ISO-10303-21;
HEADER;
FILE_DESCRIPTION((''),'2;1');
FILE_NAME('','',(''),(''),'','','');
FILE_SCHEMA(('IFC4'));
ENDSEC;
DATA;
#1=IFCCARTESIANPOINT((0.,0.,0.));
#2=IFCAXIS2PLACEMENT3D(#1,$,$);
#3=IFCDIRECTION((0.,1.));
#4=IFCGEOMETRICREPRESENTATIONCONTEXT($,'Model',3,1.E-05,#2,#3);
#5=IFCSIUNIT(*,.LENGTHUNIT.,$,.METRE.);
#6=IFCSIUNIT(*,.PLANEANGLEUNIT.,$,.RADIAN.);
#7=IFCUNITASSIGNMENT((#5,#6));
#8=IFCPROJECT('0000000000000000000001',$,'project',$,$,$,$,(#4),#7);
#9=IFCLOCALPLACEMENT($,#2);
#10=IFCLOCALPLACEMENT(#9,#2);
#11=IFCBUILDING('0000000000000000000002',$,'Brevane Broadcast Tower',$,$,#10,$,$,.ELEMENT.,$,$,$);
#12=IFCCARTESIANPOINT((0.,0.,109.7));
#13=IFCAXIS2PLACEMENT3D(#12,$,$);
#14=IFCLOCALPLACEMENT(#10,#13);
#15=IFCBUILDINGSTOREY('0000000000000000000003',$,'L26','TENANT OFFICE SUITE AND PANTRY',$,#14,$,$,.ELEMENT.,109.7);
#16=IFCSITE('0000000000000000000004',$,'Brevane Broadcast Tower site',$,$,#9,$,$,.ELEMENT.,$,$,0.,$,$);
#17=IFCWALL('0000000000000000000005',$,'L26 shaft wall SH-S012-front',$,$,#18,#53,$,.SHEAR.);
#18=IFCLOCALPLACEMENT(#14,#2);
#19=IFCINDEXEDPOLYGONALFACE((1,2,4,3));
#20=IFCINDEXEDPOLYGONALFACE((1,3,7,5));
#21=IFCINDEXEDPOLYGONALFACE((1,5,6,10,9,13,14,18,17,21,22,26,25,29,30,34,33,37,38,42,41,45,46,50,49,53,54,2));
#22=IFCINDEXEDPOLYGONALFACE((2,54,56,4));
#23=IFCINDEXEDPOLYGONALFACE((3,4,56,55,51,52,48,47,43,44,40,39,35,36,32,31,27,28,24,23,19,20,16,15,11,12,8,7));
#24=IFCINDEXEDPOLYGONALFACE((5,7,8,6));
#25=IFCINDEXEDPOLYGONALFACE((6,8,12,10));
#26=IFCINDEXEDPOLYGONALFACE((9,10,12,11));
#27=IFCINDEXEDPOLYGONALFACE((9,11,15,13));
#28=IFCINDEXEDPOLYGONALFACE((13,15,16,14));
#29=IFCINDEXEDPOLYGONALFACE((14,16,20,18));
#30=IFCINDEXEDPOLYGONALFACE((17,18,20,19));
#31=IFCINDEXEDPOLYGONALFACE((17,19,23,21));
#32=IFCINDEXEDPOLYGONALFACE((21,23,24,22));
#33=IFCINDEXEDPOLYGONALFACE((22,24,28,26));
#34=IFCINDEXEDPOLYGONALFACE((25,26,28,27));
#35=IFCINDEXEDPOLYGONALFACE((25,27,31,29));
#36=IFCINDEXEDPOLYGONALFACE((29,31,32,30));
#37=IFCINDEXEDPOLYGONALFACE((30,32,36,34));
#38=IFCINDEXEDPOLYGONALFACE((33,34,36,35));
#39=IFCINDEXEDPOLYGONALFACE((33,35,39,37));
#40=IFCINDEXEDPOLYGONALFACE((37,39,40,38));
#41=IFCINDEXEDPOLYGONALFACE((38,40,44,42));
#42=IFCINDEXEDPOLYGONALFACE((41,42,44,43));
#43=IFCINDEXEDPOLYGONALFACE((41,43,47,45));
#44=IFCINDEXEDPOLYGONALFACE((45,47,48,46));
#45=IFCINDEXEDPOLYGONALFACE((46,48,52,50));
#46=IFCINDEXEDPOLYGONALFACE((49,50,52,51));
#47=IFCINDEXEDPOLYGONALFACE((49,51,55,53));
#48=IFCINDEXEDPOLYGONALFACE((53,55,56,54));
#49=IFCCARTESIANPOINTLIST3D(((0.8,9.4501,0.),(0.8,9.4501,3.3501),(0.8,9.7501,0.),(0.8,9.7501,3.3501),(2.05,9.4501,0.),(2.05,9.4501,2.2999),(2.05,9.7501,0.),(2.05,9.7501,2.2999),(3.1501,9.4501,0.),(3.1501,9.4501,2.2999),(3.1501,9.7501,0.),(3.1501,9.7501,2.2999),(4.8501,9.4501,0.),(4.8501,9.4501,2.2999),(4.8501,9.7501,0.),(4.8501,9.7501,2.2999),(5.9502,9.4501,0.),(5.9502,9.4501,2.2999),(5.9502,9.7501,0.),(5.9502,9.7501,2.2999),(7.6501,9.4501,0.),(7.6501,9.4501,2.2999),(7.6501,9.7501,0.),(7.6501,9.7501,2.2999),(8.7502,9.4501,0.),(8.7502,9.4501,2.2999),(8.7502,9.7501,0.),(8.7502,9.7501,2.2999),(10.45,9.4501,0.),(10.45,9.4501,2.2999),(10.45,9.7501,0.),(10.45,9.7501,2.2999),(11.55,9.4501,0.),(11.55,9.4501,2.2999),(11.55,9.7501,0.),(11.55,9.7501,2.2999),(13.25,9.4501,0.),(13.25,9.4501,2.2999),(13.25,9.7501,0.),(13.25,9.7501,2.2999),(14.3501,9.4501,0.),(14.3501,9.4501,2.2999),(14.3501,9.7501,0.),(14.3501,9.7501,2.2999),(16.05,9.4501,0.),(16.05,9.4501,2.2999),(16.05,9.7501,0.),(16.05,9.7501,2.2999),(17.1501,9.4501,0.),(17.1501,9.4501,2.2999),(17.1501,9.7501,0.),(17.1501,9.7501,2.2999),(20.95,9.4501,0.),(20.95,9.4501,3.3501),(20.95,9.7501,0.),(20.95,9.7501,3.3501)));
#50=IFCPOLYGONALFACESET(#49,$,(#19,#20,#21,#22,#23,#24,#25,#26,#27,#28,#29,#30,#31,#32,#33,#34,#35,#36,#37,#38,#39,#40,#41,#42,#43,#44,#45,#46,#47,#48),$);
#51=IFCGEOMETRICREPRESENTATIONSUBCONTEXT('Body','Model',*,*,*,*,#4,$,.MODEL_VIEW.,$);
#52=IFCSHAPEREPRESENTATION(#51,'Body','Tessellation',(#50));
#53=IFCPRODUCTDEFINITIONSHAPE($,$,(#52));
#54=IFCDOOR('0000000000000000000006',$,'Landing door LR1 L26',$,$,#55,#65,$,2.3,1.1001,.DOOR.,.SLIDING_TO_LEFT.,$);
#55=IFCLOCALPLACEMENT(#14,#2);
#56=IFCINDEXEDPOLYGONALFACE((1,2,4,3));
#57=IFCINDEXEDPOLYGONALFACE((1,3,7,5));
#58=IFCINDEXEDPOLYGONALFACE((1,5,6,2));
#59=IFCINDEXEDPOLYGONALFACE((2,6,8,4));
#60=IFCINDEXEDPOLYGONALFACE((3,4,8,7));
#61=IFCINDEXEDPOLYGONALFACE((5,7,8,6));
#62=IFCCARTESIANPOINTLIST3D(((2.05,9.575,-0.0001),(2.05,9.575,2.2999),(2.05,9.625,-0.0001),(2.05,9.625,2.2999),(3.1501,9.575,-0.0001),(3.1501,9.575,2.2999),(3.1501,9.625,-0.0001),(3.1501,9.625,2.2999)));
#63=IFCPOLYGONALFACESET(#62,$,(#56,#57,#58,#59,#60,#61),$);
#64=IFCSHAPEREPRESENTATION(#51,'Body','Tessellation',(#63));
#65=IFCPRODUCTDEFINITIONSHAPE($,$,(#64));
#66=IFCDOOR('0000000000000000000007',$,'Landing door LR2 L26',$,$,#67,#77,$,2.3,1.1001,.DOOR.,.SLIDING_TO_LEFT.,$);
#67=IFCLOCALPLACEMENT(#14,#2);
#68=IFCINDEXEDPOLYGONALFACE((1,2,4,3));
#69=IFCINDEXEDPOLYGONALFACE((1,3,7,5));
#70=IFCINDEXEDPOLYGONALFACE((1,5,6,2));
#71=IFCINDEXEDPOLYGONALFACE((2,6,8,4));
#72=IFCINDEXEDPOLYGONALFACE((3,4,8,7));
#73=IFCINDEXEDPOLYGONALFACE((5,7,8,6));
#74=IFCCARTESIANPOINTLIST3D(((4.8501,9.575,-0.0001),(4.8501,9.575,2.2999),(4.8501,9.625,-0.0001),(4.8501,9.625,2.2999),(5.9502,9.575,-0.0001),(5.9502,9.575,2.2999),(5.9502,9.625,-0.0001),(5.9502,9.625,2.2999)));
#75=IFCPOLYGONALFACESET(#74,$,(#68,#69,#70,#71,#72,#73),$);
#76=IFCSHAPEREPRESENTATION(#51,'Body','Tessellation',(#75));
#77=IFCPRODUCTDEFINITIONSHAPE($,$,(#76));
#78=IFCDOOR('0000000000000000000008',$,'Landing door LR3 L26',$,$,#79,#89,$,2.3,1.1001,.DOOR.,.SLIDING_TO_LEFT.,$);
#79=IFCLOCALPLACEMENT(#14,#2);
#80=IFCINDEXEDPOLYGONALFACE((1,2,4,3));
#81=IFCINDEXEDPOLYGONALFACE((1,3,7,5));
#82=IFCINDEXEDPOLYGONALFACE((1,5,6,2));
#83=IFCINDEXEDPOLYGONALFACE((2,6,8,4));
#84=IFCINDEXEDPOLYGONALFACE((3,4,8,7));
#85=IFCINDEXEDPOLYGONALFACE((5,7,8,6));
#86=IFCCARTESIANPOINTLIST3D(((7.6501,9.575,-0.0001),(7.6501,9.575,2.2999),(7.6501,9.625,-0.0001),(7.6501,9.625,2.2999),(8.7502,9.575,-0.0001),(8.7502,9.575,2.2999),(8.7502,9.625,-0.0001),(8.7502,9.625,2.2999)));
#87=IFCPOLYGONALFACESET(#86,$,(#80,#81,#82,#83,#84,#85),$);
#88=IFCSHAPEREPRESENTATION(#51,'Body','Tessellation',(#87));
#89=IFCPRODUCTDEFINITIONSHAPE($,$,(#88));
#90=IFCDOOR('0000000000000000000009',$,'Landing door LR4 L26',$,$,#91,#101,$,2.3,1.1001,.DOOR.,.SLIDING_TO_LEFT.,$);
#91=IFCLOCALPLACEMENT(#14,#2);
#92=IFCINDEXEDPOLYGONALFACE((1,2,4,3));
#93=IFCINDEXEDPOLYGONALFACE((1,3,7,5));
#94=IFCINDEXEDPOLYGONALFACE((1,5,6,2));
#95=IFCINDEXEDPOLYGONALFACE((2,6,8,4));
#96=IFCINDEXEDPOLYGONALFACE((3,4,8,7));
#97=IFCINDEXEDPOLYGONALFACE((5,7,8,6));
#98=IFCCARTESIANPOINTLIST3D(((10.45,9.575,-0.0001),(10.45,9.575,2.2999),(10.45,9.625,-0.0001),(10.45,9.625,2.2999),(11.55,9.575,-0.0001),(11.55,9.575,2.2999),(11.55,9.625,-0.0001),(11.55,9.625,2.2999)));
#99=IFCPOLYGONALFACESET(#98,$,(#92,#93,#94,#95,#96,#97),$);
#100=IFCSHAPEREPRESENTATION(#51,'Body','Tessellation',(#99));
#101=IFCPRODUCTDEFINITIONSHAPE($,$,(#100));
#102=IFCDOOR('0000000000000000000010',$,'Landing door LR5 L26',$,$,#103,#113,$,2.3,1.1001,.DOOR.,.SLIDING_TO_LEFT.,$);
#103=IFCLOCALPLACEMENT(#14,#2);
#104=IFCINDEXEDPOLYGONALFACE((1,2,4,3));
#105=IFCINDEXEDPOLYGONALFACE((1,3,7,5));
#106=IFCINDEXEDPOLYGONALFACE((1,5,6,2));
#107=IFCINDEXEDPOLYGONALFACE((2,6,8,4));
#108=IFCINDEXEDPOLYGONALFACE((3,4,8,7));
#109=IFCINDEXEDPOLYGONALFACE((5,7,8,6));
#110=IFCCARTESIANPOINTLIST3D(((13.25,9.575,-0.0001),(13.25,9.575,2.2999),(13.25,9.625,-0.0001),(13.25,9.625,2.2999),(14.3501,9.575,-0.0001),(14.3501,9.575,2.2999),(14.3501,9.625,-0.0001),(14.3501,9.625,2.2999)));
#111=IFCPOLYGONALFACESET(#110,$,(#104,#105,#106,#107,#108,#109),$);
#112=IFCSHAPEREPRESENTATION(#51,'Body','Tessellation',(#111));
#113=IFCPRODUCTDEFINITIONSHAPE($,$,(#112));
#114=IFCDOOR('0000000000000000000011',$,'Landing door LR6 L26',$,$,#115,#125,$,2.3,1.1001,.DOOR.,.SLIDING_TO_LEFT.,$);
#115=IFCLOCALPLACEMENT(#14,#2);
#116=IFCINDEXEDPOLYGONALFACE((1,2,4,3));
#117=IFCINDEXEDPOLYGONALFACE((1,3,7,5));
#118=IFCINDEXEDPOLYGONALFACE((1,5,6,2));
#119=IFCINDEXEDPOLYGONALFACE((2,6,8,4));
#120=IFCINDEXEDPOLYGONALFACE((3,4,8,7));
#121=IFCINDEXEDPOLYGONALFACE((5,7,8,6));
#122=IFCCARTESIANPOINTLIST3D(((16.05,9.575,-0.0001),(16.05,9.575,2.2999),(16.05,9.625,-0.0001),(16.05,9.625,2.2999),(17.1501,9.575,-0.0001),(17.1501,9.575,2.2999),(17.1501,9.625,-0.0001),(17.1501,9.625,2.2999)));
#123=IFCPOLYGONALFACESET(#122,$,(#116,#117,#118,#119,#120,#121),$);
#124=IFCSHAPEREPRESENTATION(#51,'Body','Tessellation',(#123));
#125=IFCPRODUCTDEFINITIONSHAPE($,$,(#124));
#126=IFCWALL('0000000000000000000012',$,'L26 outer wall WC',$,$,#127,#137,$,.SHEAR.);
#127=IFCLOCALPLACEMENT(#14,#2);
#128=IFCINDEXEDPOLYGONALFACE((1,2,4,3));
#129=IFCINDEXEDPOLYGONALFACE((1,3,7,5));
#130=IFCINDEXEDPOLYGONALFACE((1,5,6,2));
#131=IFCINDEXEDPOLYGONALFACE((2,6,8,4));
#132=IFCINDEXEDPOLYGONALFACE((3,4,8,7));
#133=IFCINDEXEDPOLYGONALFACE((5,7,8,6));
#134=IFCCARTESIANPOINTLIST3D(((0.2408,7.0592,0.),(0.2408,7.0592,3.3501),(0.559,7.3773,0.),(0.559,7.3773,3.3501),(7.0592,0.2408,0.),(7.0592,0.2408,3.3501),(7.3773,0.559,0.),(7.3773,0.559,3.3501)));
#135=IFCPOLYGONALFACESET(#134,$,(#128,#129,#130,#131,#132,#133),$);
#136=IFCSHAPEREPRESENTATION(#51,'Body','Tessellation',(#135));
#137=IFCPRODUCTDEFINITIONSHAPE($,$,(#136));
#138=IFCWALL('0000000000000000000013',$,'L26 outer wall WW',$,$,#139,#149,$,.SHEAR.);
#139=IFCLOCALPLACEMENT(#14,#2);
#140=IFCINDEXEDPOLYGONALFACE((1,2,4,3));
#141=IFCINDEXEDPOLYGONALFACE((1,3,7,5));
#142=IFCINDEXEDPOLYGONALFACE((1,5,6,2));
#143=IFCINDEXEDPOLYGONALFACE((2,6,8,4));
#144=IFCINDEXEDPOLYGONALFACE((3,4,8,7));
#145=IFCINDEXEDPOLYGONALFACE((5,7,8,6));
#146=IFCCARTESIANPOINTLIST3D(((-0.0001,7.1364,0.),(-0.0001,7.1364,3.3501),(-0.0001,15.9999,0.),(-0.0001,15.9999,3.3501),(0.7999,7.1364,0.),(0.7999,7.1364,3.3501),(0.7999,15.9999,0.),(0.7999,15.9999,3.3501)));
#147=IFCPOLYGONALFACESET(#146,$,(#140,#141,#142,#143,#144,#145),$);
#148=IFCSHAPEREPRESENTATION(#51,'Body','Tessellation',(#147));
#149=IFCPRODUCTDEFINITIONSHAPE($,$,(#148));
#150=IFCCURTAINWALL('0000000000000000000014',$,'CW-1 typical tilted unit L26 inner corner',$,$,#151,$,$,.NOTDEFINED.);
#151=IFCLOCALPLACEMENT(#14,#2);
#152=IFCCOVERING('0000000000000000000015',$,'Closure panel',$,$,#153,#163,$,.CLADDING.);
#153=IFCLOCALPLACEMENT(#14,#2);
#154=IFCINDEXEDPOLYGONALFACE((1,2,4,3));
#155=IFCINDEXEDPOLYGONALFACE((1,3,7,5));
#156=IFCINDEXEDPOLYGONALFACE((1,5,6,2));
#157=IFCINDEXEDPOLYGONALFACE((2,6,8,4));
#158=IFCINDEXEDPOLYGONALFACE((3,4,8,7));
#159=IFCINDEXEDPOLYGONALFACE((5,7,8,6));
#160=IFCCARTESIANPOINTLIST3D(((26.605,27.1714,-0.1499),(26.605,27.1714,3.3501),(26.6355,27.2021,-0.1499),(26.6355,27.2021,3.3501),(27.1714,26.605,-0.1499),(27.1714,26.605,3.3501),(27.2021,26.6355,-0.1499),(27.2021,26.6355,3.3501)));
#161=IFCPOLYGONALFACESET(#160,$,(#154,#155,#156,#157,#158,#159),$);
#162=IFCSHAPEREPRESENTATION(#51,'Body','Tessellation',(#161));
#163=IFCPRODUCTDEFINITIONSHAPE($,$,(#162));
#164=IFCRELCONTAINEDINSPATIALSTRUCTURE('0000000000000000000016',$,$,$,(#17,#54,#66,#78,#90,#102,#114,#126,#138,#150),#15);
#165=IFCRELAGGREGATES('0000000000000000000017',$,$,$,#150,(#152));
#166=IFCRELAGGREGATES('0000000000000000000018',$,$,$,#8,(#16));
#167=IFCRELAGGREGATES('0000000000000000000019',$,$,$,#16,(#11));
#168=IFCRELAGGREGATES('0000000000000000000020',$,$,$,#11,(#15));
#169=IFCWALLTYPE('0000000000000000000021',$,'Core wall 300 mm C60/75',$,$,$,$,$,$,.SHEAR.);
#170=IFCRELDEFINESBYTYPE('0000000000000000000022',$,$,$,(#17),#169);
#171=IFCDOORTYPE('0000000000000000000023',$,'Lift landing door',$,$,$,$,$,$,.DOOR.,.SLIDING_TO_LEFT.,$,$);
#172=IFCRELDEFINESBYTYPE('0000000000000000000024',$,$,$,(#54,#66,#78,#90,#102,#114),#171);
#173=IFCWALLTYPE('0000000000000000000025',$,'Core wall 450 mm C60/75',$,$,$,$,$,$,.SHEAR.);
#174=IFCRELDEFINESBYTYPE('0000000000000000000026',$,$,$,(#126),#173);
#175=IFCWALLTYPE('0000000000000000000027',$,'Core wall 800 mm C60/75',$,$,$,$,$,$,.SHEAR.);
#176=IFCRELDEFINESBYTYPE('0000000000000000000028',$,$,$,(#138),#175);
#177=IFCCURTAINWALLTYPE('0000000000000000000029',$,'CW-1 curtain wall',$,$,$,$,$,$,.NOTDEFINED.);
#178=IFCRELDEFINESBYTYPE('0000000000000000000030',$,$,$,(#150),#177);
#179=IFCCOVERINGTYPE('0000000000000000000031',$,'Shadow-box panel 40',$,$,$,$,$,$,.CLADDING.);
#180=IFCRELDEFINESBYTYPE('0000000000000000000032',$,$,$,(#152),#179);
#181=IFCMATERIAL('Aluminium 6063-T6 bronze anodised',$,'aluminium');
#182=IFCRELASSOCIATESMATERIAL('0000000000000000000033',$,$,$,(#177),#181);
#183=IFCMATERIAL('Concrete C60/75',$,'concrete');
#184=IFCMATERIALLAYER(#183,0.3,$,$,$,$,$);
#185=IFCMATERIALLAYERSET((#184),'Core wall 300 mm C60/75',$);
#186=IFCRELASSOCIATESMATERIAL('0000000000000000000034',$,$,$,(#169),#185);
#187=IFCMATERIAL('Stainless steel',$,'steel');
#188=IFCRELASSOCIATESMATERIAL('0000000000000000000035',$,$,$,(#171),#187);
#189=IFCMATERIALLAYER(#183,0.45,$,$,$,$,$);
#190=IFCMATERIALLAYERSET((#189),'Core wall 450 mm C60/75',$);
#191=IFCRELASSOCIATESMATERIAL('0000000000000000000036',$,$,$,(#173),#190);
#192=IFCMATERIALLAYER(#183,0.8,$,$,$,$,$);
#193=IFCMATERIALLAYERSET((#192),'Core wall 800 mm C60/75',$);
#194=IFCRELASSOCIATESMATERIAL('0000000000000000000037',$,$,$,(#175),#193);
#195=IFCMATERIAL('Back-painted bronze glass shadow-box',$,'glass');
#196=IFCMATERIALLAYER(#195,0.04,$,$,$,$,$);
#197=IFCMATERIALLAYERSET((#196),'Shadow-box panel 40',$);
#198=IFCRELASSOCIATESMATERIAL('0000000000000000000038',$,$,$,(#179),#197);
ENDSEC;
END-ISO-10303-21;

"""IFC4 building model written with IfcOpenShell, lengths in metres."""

from ifc_helpers import new_model, si_unit, direction, frame, frame_2d, origin, place, context, subcontext, project, spatial, polyline, rectangle, outline, extrude, material, layer, layer_set, type_object, element, fill, aggregate, save


model = new_model("IFC4")

# Units and contexts
model_context = context("Model", 3, precision=1e-05, world=origin(), true_north=direction((0.0, 1.0)))
body_context = subcontext(model_context, "Body", "Model", "MODEL_VIEW")
ifc_project = project(units=[si_unit("LENGTHUNIT", "METRE"), si_unit("PLANEANGLEUNIT", "RADIAN")], contexts=[model_context])

# Site, building, storey
site_placement = place(None, origin())
site = spatial("IfcSite", under=ifc_project, at=site_placement, Name="Brevane Broadcast Tower site", CompositionType="ELEMENT", RefElevation=0.0)
building_placement = place(site_placement, origin())
building = spatial("IfcBuilding", under=site, at=building_placement, Name="Brevane Broadcast Tower", CompositionType="ELEMENT")
storey_placement = place(building_placement, frame((0.0, 0.0, 109.7)))
storey = spatial("IfcBuildingStorey", under=building, at=storey_placement, Name="L26", Description="TENANT OFFICE SUITE AND PANTRY", CompositionType="ELEMENT", Elevation=109.7)

# Shared definitions
ifc_material_1 = material(Name="Aluminium 6063-T6 bronze anodised", Category="aluminium")
curtain_wall_type = type_object("IfcCurtainWallType", Name="CW-1 curtain wall", PredefinedType="NOTDEFINED", material=ifc_material_1)

# Shared definitions
ifc_material_2 = material(Name="Concrete C60/75", Category="concrete")
ifc_layer_1 = layer(ifc_material_2, 0.3)
ifc_layer_set_1 = layer_set([ifc_layer_1], Name="Core wall 300 mm C60/75")
wall_type_1 = type_object("IfcWallType", Name="Core wall 300 mm C60/75", PredefinedType="SHEAR", material=ifc_layer_set_1)

# Wall, openings, doors
wall_1_placement = place(storey_placement, frame((0.8, 9.6001, 0.0), z_axis=(0.0, 0.0, 1.0), x_axis=(1.0, 0.0, 0.0)))
wall_1 = element("IfcWall", 1, at=wall_1_placement, inside=storey, type_object=wall_type_1, Name="L26 shaft wall SH-S012-front", PredefinedType="SHEAR", context=body_context, shape_type="SweptSolid", body=[
    extrude(rectangle(XDim=20.1499, YDim=0.3, at=frame_2d((10.075, 0.0))), origin(), (0.0, 0.0, 1.0), 3.3501),
])
opening_1_placement = place(wall_1_placement, frame((1.25, 0.0, 0.0)))
opening_1 = element("IfcOpeningElement", 2, at=opening_1_placement, cuts=wall_1, PredefinedType="OPENING", context=body_context, shape_type="SweptSolid", body=[
    extrude(rectangle(XDim=1.1001, YDim=2.3, at=frame_2d((0.55, 1.1499))), frame((0.0, 0.1599, 0.0), z_axis=(0.0, -1.0, 0.0), x_axis=(1.0, 0.0, 0.0)), (0.0, 0.0, 1.0), 0.3201),
])
opening_2_placement = place(wall_1_placement, frame((4.05, 0.0, 0.0)))
opening_2 = element("IfcOpeningElement", 3, at=opening_2_placement, cuts=wall_1, PredefinedType="OPENING", context=body_context, shape_type="SweptSolid", body=[
    extrude(rectangle(XDim=1.1001, YDim=2.3, at=frame_2d((0.55, 1.1499))), frame((0.0, 0.1599, 0.0), z_axis=(0.0, -1.0, 0.0), x_axis=(1.0, 0.0, 0.0)), (0.0, 0.0, 1.0), 0.3201),
])
opening_3_placement = place(wall_1_placement, frame((6.8501, 0.0, 0.0)))
opening_3 = element("IfcOpeningElement", 4, at=opening_3_placement, cuts=wall_1, PredefinedType="OPENING", context=body_context, shape_type="SweptSolid", body=[
    extrude(rectangle(XDim=1.1001, YDim=2.3, at=frame_2d((0.55, 1.1499))), frame((0.0, 0.1599, 0.0), z_axis=(0.0, -1.0, 0.0), x_axis=(1.0, 0.0, 0.0)), (0.0, 0.0, 1.0), 0.3201),
])
opening_4_placement = place(wall_1_placement, frame((9.6499, 0.0, 0.0)))
opening_4 = element("IfcOpeningElement", 5, at=opening_4_placement, cuts=wall_1, PredefinedType="OPENING", context=body_context, shape_type="SweptSolid", body=[
    extrude(rectangle(XDim=1.1001, YDim=2.3, at=frame_2d((0.55, 1.1499))), frame((0.0, 0.1599, 0.0), z_axis=(0.0, -1.0, 0.0), x_axis=(1.0, 0.0, 0.0)), (0.0, 0.0, 1.0), 0.3201),
])
opening_5_placement = place(wall_1_placement, frame((12.45, 0.0, 0.0)))
opening_5 = element("IfcOpeningElement", 6, at=opening_5_placement, cuts=wall_1, PredefinedType="OPENING", context=body_context, shape_type="SweptSolid", body=[
    extrude(rectangle(XDim=1.1001, YDim=2.3, at=frame_2d((0.55, 1.1499))), frame((0.0, 0.1599, 0.0), z_axis=(0.0, -1.0, 0.0), x_axis=(1.0, 0.0, 0.0)), (0.0, 0.0, 1.0), 0.3201),
])
opening_6_placement = place(wall_1_placement, frame((15.25, 0.0, 0.0)))
opening_6 = element("IfcOpeningElement", 7, at=opening_6_placement, cuts=wall_1, PredefinedType="OPENING", context=body_context, shape_type="SweptSolid", body=[
    extrude(rectangle(XDim=1.1001, YDim=2.3, at=frame_2d((0.55, 1.1499))), frame((0.0, 0.1599, 0.0), z_axis=(0.0, -1.0, 0.0), x_axis=(1.0, 0.0, 0.0)), (0.0, 0.0, 1.0), 0.3201),
])
ifc_material_3 = material(Name="Stainless steel", Category="steel")
door_type = type_object("IfcDoorType", Name="Lift landing door", OperationType="SLIDING_TO_LEFT", PredefinedType="DOOR", material=ifc_material_3)
door_1_placement = place(opening_1_placement, origin())
door_1 = element("IfcDoor", 8, at=door_1_placement, inside=storey, type_object=door_type, Name="Landing door LR1 L26", OperationType="SLIDING_TO_LEFT", OverallHeight=2.3, OverallWidth=1.1001, PredefinedType="DOOR", context=body_context, shape_type="SweptSolid", body=[
    extrude(rectangle(XDim=1.1001, YDim=2.3, at=frame_2d((0.55, 1.1499))), frame((0.0, 0.0249, 0.0), z_axis=(0.0, -1.0, 0.0), x_axis=(1.0, 0.0, 0.0)), (0.0, 0.0, 1.0), 0.05),
])
fill(opening_1, door_1)
door_2_placement = place(opening_2_placement, origin())
door_2 = element("IfcDoor", 9, at=door_2_placement, inside=storey, type_object=door_type, Name="Landing door LR2 L26", OperationType="SLIDING_TO_LEFT", OverallHeight=2.3, OverallWidth=1.1001, PredefinedType="DOOR", context=body_context, shape_type="SweptSolid", body=[
    extrude(rectangle(XDim=1.1001, YDim=2.3, at=frame_2d((0.55, 1.1499))), frame((0.0, 0.0249, 0.0), z_axis=(0.0, -1.0, 0.0), x_axis=(1.0, 0.0, 0.0)), (0.0, 0.0, 1.0), 0.05),
])
fill(opening_2, door_2)
door_3_placement = place(opening_3_placement, origin())
door_3 = element("IfcDoor", 10, at=door_3_placement, inside=storey, type_object=door_type, Name="Landing door LR3 L26", OperationType="SLIDING_TO_LEFT", OverallHeight=2.3, OverallWidth=1.1001, PredefinedType="DOOR", context=body_context, shape_type="SweptSolid", body=[
    extrude(rectangle(XDim=1.1001, YDim=2.3, at=frame_2d((0.55, 1.1499))), frame((0.0, 0.0249, 0.0), z_axis=(0.0, -1.0, 0.0), x_axis=(1.0, 0.0, 0.0)), (0.0, 0.0, 1.0), 0.05),
])
fill(opening_3, door_3)
door_4_placement = place(opening_4_placement, origin())
door_4 = element("IfcDoor", 11, at=door_4_placement, inside=storey, type_object=door_type, Name="Landing door LR4 L26", OperationType="SLIDING_TO_LEFT", OverallHeight=2.3, OverallWidth=1.1001, PredefinedType="DOOR", context=body_context, shape_type="SweptSolid", body=[
    extrude(rectangle(XDim=1.1001, YDim=2.3, at=frame_2d((0.55, 1.1499))), frame((0.0, 0.0249, 0.0), z_axis=(0.0, -1.0, 0.0), x_axis=(1.0, 0.0, 0.0)), (0.0, 0.0, 1.0), 0.05),
])
fill(opening_4, door_4)
door_5_placement = place(opening_5_placement, origin())
door_5 = element("IfcDoor", 12, at=door_5_placement, inside=storey, type_object=door_type, Name="Landing door LR5 L26", OperationType="SLIDING_TO_LEFT", OverallHeight=2.3, OverallWidth=1.1001, PredefinedType="DOOR", context=body_context, shape_type="SweptSolid", body=[
    extrude(rectangle(XDim=1.1001, YDim=2.3, at=frame_2d((0.55, 1.1499))), frame((0.0, 0.0249, 0.0), z_axis=(0.0, -1.0, 0.0), x_axis=(1.0, 0.0, 0.0)), (0.0, 0.0, 1.0), 0.05),
])
fill(opening_5, door_5)
door_6_placement = place(opening_6_placement, origin())
door_6 = element("IfcDoor", 13, at=door_6_placement, inside=storey, type_object=door_type, Name="Landing door LR6 L26", OperationType="SLIDING_TO_LEFT", OverallHeight=2.3, OverallWidth=1.1001, PredefinedType="DOOR", context=body_context, shape_type="SweptSolid", body=[
    extrude(rectangle(XDim=1.1001, YDim=2.3, at=frame_2d((0.55, 1.1499))), frame((0.0, 0.0249, 0.0), z_axis=(0.0, -1.0, 0.0), x_axis=(1.0, 0.0, 0.0)), (0.0, 0.0, 1.0), 0.05),
])
fill(opening_6, door_6)

# Walls
ifc_layer_2 = layer(ifc_material_2, 0.45)
ifc_layer_set_2 = layer_set([ifc_layer_2], Name="Core wall 450 mm C60/75")
wall_type_2 = type_object("IfcWallType", Name="Core wall 450 mm C60/75", PredefinedType="SHEAR", material=ifc_layer_set_2)
wall_2_placement = place(storey_placement, frame((0.3999, 7.2183, 0.0), z_axis=(0.0, 0.0, 1.0), x_axis=(0.707107, -0.707107, 0.0)))
element("IfcWall", 14, at=wall_2_placement, inside=storey, type_object=wall_type_2, Name="L26 outer wall WC", PredefinedType="SHEAR", context=body_context, shape_type="SweptSolid", body=[
    extrude(rectangle(XDim=9.6426, YDim=0.45, at=frame_2d((4.8213, 0.0))), origin(), (0.0, 0.0, 1.0), 3.3501),
])
ifc_layer_3 = layer(ifc_material_2, 0.8)
ifc_layer_set_3 = layer_set([ifc_layer_3], Name="Core wall 800 mm C60/75")
wall_type_3 = type_object("IfcWallType", Name="Core wall 800 mm C60/75", PredefinedType="SHEAR", material=ifc_layer_set_3)
wall_3_placement = place(storey_placement, frame((0.3999, 7.1365, 0.0), z_axis=(0.0, 0.0, 1.0), x_axis=(0.0, 1.0, 0.0)))
element("IfcWall", 15, at=wall_3_placement, inside=storey, type_object=wall_type_3, Name="L26 outer wall WW", PredefinedType="SHEAR", context=body_context, shape_type="SweptSolid", body=[
    extrude(rectangle(XDim=8.8635, YDim=0.8, at=frame_2d((4.4316, 0.0))), origin(), (0.0, 0.0, 1.0), 3.3501),
])

# Curtain wall, covering
curtain_wall_1_placement = place(storey_placement, origin())
curtain_wall_1 = element("IfcCurtainWall", 16, at=curtain_wall_1_placement, inside=storey, type_object=curtain_wall_type, Name="CW-1 typical tilted unit L26 inner corner", PredefinedType="NOTDEFINED")
ifc_material_4 = material(Name="Back-painted bronze glass shadow-box", Category="glass")
ifc_layer_4 = layer(ifc_material_4, 0.04)
ifc_layer_set_4 = layer_set([ifc_layer_4], Name="Shadow-box panel 40")
covering_type = type_object("IfcCoveringType", Name="Shadow-box panel 40", PredefinedType="CLADDING", material=ifc_layer_set_4)
covering_placement = place(storey_placement, frame((0.0, 0.0, -0.1499)))
covering = element("IfcCovering", 17, at=covering_placement, type_object=covering_type, Name="Closure panel", PredefinedType="CLADDING", context=body_context, shape_type="SweptSolid", body=[
    extrude(outline(polyline([(27.1714, 26.605), (27.2021, 26.6355), (26.6355, 27.2021), (26.605, 27.1714), (27.1714, 26.605)])), origin(), (0.0, 0.0, 1.0), 3.5),
])
aggregate(curtain_wall_1, [covering])

save(model, "model.ifc")
